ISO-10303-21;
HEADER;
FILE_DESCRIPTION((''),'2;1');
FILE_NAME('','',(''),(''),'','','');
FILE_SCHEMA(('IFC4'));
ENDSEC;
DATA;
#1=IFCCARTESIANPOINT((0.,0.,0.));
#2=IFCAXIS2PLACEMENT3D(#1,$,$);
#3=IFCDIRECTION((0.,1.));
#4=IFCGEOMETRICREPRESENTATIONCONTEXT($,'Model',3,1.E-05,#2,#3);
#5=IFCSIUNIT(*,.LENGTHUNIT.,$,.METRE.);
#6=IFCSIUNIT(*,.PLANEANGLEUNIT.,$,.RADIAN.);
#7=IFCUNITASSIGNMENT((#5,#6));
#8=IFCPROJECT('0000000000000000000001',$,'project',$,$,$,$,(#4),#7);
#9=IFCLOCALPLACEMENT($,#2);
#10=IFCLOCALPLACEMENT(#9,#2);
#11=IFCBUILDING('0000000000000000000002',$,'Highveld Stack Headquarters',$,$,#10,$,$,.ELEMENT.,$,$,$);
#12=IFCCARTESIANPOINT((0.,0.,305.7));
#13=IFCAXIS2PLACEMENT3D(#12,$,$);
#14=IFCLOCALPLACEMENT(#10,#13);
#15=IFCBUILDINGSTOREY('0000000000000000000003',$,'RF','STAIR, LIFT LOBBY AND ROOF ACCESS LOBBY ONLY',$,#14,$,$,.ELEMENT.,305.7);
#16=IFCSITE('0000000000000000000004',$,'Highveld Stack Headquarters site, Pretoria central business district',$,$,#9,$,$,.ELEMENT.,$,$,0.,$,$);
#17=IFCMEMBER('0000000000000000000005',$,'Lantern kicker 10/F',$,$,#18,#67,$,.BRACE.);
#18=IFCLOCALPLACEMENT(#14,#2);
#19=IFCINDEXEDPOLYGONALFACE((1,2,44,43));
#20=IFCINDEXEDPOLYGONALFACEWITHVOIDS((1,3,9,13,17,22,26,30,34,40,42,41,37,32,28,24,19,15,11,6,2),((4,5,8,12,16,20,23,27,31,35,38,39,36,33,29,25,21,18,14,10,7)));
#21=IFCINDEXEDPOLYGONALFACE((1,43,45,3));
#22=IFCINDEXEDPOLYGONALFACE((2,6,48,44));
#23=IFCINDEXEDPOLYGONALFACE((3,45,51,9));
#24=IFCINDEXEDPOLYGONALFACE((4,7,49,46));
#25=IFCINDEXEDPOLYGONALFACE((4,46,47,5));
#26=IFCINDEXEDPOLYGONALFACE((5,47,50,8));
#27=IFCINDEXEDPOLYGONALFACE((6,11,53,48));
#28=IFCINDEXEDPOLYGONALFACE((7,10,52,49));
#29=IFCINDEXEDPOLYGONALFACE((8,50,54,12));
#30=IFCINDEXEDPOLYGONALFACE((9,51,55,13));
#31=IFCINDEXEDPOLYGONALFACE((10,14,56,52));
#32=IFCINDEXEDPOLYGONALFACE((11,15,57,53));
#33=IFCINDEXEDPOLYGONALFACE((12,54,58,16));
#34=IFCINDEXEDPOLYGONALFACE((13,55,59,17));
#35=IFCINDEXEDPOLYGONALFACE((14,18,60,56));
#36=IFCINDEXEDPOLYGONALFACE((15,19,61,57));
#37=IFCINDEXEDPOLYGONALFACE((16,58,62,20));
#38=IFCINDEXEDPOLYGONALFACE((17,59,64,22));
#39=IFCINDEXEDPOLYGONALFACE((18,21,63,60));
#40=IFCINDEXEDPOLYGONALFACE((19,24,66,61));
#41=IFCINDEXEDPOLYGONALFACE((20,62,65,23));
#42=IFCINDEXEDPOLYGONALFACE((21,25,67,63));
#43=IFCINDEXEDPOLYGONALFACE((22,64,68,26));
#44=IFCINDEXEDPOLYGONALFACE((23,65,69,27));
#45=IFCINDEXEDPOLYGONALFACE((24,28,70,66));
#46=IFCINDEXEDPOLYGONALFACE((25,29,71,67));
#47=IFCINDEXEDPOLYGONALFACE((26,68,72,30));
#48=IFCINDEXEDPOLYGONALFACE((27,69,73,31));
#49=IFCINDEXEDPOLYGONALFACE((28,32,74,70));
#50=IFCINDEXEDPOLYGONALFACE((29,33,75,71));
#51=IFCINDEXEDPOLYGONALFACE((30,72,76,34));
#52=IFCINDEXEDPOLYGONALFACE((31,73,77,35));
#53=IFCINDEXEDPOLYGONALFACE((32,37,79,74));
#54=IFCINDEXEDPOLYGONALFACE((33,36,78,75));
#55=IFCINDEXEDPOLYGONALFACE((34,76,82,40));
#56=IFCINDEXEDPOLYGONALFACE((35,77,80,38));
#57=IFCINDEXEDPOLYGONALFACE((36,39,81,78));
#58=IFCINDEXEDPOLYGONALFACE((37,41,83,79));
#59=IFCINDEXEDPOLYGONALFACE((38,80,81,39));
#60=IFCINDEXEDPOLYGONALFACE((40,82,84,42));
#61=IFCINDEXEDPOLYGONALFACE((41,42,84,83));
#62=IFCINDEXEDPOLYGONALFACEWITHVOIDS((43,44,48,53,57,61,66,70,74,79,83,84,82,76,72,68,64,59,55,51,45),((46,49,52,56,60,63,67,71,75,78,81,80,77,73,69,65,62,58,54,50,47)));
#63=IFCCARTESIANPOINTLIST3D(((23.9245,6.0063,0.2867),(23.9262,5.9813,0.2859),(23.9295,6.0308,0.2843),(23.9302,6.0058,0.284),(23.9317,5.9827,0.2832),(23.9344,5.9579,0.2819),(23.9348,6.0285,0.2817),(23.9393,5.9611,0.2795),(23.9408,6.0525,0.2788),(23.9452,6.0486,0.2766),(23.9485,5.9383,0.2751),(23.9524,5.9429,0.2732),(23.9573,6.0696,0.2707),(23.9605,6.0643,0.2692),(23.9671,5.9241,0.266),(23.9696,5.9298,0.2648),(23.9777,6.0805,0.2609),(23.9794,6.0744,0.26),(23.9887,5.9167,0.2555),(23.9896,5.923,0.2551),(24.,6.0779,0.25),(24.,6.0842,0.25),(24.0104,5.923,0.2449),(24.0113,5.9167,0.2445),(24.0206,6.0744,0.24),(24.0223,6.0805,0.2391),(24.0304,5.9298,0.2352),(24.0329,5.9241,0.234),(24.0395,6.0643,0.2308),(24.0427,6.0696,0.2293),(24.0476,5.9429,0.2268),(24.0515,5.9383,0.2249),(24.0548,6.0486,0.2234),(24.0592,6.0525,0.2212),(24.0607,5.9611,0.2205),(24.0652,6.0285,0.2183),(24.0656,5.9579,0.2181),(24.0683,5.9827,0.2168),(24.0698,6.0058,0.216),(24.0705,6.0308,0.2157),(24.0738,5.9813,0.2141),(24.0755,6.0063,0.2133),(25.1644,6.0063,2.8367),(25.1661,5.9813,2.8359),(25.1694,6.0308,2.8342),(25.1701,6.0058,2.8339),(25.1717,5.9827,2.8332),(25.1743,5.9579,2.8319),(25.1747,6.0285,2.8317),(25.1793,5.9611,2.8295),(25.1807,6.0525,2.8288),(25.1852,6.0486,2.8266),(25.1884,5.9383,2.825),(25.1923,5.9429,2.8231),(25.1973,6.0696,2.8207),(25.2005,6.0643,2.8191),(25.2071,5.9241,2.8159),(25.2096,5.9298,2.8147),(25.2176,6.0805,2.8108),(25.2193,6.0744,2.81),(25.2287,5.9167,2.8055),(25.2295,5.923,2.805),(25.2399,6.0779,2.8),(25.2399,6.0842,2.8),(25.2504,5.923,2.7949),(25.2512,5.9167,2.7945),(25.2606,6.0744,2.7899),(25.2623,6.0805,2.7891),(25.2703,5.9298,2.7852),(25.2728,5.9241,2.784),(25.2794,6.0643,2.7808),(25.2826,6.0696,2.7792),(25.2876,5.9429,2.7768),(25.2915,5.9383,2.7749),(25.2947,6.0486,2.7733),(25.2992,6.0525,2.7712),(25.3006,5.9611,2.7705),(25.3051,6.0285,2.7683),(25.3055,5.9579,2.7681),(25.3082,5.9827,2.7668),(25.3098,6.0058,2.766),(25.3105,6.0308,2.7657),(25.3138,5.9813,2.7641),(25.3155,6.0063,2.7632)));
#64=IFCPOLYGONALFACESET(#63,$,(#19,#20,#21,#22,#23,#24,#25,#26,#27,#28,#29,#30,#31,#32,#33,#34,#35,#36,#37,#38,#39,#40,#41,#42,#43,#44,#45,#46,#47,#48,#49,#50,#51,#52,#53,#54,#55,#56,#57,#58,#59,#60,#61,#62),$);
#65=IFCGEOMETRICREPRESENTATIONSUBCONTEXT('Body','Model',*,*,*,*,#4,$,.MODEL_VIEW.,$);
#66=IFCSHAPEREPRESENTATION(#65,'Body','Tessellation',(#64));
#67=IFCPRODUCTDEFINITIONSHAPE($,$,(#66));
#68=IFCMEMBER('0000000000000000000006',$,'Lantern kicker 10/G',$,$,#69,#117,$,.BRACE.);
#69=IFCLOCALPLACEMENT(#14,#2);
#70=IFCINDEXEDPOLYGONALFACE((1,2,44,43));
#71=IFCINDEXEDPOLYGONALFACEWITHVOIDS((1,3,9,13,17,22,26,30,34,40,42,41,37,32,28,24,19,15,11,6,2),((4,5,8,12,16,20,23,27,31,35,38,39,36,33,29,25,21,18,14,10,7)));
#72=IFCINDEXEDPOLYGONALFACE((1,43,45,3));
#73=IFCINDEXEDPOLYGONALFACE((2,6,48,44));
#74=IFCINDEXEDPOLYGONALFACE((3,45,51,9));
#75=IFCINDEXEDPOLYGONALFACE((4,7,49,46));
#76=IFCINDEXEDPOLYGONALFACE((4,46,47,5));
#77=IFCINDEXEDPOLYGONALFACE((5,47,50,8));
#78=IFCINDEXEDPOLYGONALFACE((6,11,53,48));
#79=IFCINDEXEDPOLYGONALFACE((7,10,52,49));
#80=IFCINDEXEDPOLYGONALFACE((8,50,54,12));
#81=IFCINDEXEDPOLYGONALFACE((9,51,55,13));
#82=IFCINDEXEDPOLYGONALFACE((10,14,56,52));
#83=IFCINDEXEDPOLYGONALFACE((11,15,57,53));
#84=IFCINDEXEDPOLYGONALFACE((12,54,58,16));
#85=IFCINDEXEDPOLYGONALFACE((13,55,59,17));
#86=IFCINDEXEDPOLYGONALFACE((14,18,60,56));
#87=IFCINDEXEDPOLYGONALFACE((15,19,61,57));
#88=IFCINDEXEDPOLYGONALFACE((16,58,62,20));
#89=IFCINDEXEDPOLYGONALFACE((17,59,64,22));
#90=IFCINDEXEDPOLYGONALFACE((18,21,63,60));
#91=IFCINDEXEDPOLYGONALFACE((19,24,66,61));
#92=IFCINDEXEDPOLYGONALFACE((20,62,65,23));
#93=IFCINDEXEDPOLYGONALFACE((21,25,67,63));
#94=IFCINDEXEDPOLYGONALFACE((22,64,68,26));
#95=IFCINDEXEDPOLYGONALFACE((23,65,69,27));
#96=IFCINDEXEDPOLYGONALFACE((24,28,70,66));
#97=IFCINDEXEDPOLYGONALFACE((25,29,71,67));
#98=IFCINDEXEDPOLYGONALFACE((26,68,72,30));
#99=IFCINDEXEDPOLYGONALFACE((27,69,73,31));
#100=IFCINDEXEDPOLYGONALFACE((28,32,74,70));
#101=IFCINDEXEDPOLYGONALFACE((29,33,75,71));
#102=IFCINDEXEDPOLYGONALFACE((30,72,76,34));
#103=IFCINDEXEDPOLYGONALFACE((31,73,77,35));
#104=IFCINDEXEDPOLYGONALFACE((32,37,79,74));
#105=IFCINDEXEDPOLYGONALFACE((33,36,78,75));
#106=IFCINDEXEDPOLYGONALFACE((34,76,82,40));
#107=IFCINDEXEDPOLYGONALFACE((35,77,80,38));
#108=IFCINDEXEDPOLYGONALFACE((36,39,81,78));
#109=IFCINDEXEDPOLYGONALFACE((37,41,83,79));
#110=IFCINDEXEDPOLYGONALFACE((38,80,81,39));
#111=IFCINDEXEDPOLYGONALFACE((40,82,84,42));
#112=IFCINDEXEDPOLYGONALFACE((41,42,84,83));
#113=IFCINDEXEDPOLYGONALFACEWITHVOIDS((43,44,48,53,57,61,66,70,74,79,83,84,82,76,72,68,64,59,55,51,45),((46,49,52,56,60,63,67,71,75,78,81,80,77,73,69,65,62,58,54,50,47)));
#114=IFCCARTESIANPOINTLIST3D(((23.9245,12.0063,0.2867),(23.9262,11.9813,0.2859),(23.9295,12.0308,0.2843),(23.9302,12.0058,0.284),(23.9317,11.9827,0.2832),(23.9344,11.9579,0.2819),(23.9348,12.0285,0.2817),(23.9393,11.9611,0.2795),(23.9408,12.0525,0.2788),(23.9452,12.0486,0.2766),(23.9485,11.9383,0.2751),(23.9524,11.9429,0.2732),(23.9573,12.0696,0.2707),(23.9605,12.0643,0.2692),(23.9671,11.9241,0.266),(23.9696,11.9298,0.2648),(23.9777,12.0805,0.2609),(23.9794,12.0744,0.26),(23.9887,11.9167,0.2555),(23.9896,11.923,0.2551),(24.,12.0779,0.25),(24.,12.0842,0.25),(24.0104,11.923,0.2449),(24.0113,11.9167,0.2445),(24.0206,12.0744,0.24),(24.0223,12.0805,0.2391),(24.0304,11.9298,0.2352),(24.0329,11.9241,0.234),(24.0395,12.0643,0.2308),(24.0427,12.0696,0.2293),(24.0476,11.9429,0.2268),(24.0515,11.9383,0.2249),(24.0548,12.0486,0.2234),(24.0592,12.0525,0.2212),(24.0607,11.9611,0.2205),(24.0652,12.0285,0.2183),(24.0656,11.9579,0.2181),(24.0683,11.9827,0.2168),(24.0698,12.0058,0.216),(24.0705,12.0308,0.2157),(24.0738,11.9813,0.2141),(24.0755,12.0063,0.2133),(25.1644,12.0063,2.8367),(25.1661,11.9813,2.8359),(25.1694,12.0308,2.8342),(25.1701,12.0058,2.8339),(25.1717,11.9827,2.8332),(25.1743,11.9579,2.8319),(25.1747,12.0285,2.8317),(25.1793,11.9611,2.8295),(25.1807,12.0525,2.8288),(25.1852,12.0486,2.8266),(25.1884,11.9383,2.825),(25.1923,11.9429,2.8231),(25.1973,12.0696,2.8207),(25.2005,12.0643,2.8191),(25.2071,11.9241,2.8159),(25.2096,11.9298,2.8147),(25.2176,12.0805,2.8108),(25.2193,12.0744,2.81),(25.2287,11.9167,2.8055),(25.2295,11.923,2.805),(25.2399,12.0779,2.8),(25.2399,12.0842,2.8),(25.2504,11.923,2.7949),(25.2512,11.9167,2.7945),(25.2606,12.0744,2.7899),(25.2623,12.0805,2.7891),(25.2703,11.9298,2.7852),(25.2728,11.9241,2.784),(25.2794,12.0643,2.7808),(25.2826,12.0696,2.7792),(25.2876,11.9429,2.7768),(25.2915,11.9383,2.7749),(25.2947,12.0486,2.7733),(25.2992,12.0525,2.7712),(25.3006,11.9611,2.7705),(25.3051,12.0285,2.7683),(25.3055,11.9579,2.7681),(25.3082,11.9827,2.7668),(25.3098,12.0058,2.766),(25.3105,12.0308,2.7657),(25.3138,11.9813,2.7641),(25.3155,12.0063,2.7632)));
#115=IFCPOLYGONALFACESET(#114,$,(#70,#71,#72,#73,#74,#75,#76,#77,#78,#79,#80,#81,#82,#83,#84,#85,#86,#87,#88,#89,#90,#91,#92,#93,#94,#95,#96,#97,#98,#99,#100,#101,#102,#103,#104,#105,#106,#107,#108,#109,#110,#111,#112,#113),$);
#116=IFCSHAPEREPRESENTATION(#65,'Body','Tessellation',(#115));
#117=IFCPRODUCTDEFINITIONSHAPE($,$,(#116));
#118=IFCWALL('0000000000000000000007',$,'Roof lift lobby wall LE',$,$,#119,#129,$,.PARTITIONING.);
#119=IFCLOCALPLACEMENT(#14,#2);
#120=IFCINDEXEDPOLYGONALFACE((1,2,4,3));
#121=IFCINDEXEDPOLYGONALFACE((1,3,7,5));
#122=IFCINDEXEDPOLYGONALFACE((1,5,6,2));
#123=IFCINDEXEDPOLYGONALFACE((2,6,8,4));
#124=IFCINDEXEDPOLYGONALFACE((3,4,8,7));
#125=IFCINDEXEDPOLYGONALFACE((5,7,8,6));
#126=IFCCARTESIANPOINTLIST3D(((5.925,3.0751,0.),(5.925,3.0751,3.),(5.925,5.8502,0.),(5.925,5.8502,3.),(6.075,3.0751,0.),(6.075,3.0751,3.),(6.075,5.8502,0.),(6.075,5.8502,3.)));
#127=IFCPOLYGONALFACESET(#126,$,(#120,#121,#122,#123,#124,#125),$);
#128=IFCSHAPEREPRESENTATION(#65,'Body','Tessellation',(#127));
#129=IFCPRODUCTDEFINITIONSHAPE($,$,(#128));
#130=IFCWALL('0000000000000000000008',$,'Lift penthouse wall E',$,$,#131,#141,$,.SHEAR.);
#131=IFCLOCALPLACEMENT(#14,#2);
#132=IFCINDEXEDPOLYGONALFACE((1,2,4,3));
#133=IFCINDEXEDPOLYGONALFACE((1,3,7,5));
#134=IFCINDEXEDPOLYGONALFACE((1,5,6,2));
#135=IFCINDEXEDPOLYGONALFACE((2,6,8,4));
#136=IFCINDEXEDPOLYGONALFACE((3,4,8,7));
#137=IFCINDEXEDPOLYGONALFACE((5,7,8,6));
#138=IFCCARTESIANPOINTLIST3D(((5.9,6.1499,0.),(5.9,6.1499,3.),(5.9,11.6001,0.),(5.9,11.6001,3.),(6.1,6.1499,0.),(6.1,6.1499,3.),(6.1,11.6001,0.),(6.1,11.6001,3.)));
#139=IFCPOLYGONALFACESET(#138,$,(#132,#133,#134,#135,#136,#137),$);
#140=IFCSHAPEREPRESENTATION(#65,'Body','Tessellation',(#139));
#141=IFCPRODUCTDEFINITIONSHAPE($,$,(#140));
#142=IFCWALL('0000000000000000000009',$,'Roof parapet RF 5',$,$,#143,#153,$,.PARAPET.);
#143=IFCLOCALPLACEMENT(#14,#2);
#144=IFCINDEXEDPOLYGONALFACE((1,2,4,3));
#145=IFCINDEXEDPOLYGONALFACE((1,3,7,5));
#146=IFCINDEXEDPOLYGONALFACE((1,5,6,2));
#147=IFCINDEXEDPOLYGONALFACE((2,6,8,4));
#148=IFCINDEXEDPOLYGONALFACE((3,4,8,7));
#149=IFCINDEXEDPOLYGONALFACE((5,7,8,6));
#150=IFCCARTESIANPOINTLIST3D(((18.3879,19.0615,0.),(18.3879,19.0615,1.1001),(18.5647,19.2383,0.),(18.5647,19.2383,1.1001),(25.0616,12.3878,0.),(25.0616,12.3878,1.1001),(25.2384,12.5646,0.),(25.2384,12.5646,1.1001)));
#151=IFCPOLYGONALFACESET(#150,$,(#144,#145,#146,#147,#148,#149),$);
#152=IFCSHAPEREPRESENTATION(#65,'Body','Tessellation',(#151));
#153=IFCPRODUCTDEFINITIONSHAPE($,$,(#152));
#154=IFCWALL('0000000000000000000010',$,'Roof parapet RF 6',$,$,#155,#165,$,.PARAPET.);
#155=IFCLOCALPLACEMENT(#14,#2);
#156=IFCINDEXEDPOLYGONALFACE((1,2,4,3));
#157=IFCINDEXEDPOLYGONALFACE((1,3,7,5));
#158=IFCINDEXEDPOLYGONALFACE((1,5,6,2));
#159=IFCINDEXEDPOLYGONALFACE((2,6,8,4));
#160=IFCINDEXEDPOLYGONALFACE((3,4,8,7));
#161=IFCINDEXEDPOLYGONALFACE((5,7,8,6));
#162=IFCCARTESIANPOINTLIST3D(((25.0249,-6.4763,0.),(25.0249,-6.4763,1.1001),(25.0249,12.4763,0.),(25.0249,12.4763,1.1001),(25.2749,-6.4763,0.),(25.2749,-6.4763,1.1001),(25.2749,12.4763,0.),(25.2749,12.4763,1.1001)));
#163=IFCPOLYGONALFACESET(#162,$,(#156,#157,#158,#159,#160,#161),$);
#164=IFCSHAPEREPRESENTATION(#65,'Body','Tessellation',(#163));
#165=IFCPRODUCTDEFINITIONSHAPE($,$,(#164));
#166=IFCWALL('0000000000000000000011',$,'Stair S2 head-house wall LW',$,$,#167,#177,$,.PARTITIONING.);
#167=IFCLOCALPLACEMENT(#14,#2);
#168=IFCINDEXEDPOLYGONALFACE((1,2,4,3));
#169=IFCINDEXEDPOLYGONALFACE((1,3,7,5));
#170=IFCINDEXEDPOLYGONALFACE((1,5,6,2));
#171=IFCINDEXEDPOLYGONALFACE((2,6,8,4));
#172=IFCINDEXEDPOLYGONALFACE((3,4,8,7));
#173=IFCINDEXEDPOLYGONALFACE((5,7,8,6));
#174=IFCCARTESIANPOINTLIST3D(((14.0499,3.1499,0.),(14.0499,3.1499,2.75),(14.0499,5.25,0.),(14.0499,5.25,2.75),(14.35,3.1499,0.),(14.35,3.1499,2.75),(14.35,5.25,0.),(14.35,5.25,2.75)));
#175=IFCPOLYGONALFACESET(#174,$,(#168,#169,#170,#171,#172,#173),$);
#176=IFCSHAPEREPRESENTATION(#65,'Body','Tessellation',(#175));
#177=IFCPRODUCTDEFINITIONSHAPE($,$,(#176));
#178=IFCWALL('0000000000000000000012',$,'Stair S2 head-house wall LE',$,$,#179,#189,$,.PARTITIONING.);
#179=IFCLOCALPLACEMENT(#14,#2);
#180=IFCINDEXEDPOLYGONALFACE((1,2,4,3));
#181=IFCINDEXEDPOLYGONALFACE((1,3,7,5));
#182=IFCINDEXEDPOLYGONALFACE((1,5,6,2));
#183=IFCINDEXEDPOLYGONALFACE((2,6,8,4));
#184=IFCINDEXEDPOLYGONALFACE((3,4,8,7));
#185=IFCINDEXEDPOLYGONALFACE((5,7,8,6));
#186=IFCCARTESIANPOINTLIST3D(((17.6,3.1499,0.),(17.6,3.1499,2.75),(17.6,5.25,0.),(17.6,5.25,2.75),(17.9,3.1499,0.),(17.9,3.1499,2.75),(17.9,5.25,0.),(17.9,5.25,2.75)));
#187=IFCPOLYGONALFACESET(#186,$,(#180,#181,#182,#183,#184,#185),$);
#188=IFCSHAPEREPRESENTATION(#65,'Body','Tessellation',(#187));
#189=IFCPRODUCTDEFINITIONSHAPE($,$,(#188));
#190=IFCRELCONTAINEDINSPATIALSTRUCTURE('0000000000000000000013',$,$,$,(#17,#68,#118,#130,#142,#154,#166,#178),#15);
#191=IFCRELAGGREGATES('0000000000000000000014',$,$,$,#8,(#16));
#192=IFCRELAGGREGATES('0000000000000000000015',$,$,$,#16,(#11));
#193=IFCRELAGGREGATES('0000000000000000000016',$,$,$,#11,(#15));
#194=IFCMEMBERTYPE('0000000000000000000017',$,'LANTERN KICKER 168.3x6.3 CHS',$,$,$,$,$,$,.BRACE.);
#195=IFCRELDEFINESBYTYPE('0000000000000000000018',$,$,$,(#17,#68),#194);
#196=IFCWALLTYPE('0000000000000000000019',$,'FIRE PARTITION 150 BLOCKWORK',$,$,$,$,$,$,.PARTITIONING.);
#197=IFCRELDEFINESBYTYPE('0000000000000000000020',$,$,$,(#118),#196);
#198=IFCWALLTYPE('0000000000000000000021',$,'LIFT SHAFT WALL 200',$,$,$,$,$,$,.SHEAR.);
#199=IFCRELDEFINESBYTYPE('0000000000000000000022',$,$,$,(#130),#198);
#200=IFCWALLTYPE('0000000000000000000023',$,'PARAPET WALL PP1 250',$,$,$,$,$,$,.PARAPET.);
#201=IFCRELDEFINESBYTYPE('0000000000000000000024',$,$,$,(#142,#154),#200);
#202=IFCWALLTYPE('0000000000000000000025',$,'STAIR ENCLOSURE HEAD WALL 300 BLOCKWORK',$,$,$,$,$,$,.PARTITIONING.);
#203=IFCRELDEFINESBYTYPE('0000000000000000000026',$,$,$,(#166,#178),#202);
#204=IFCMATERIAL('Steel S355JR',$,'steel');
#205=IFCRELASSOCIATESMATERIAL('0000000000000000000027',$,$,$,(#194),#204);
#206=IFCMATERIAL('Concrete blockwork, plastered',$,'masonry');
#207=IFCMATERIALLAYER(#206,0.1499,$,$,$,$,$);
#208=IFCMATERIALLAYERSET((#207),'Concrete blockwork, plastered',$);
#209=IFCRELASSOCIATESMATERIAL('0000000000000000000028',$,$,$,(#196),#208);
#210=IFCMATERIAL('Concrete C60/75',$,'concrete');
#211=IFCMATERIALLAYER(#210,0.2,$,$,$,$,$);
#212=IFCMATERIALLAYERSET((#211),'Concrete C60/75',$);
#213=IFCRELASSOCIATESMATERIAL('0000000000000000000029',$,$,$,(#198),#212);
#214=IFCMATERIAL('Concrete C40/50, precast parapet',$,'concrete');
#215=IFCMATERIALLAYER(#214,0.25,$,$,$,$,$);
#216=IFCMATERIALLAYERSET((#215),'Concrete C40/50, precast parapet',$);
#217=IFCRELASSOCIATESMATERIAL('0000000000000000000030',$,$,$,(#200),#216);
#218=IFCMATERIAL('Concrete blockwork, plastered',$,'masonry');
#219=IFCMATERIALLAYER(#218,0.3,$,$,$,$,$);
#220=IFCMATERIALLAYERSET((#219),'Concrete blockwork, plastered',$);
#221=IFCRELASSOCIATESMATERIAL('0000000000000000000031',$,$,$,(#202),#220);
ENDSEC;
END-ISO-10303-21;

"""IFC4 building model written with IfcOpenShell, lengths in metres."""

from ifc_helpers import new_model, si_unit, direction, frame, frame_2d, origin, origin_2d, place, context, subcontext, project, spatial, rectangle, hollow_circle, extrude, material, layer, layer_set, material_profile, profile_set, type_object, element, save


model = new_model("IFC4")

# Units and contexts
model_context = context("Model", 3, precision=1e-05, world=origin(), true_north=direction((0.0, 1.0)))
body_context = subcontext(model_context, "Body", "Model", "MODEL_VIEW")
ifc_project = project(units=[si_unit("LENGTHUNIT", "METRE"), si_unit("PLANEANGLEUNIT", "RADIAN")], contexts=[model_context])

# Site, building, storey
site_placement = place(None, origin())
site = spatial("IfcSite", under=ifc_project, at=site_placement, Name="Highveld Stack Headquarters site, Pretoria central business district", CompositionType="ELEMENT", RefElevation=0.0)
building_placement = place(site_placement, origin())
building = spatial("IfcBuilding", under=site, at=building_placement, Name="Highveld Stack Headquarters", CompositionType="ELEMENT")
storey_placement = place(building_placement, frame((0.0, 0.0, 305.7)))
storey = spatial("IfcBuildingStorey", under=building, at=storey_placement, Name="RF", Description="STAIR, LIFT LOBBY AND ROOF ACCESS LOBBY ONLY", CompositionType="ELEMENT", Elevation=305.7)

# Members
ifc_material_1 = material(Name="Steel S355JR", Category="steel")
ifc_material_profile_1 = material_profile(ifc_material_1, hollow_circle(Radius=0.0842, WallThickness=0.0063, at=origin_2d()), Name="168.3x6.3 CHS")
ifc_profile_set_1 = profile_set([ifc_material_profile_1], Name="Steel S355JR")
member_type = type_object("IfcMemberType", Name="LANTERN KICKER 168.3x6.3 CHS", PredefinedType="BRACE", material=ifc_profile_set_1)
for number, where, z_axis, x_axis, name in (
    (1, (24.0, 6.0, 0.25), (0.437302, 0.0, 0.899315), (0.0, 1.0, 0.0), "Lantern kicker 10/F"),
    (2, (24.0, 12.0, 0.25), (0.437302, 0.0, 0.899315), (0.0, 1.0, 0.0), "Lantern kicker 10/G"),
):
    element("IfcMember", number, at=place(storey_placement, frame(where, z_axis=z_axis, x_axis=x_axis)), inside=storey, type_object=member_type, Name=name, PredefinedType="BRACE", context=body_context, shape_type="SweptSolid", body=[
        extrude(hollow_circle(Radius=0.0842, WallThickness=0.0063, at=origin_2d()), origin(), (0.0, 0.0, 1.0), 2.8354),
    ])

# Walls
ifc_material_2 = material(Name="Concrete blockwork, plastered", Category="masonry")
ifc_layer_1 = layer(ifc_material_2, 0.1499)
ifc_layer_set_1 = layer_set([ifc_layer_1], Name="Concrete blockwork, plastered")
wall_type_1 = type_object("IfcWallType", Name="FIRE PARTITION 150 BLOCKWORK", PredefinedType="PARTITIONING", material=ifc_layer_set_1)
wall_1_placement = place(storey_placement, frame((6.0, 3.075, 0.0), z_axis=(0.0, 0.0, 1.0), x_axis=(0.0, 1.0, 0.0)))
element("IfcWall", 3, at=wall_1_placement, inside=storey, type_object=wall_type_1, Name="Roof lift lobby wall LE", PredefinedType="PARTITIONING", context=body_context, shape_type="SweptSolid", body=[
    extrude(rectangle(XDim=2.7751, YDim=0.1499, at=frame_2d((1.3877, 0.0))), origin(), (0.0, 0.0, 1.0), 3.0),
])
ifc_material_3 = material(Name="Concrete C60/75", Category="concrete")
ifc_layer_2 = layer(ifc_material_3, 0.2)
ifc_layer_set_2 = layer_set([ifc_layer_2], Name="Concrete C60/75")
wall_type_2 = type_object("IfcWallType", Name="LIFT SHAFT WALL 200", PredefinedType="SHEAR", material=ifc_layer_set_2)
wall_2_placement = place(storey_placement, frame((6.0, 6.1499, 0.0), z_axis=(0.0, 0.0, 1.0), x_axis=(0.0, 1.0, 0.0)))
element("IfcWall", 4, at=wall_2_placement, inside=storey, type_object=wall_type_2, Name="Lift penthouse wall E", PredefinedType="SHEAR", context=body_context, shape_type="SweptSolid", body=[
    extrude(rectangle(XDim=5.4502, YDim=0.2, at=frame_2d((2.7251, 0.0))), origin(), (0.0, 0.0, 1.0), 3.0),
])
ifc_material_4 = material(Name="Concrete C40/50, precast parapet", Category="concrete")
ifc_layer_3 = layer(ifc_material_4, 0.25)
ifc_layer_set_3 = layer_set([ifc_layer_3], Name="Concrete C40/50, precast parapet")
wall_type_3 = type_object("IfcWallType", Name="PARAPET WALL PP1 250", PredefinedType="PARAPET", material=ifc_layer_set_3)
wall_3_placement = place(storey_placement, frame((18.4763, 19.1499, 0.0), z_axis=(0.0, 0.0, 1.0), x_axis=(0.707107, -0.707107, 0.0)))
element("IfcWall", 5, at=wall_3_placement, inside=storey, type_object=wall_type_3, Name="Roof parapet RF 5", PredefinedType="PARAPET", context=body_context, shape_type="SweptSolid", body=[
    extrude(rectangle(XDim=9.438, YDim=0.25, at=frame_2d((4.719, 0.0))), origin(), (0.0, 0.0, 1.0), 1.1001),
])
wall_4_placement = place(storey_placement, frame((25.1499, 12.4763, 0.0), z_axis=(0.0, 0.0, 1.0), x_axis=(0.0, -1.0, 0.0)))
element("IfcWall", 6, at=wall_4_placement, inside=storey, type_object=wall_type_3, Name="Roof parapet RF 6", PredefinedType="PARAPET", context=body_context, shape_type="SweptSolid", body=[
    extrude(rectangle(XDim=18.9526, YDim=0.25, at=frame_2d((9.4763, 0.0))), origin(), (0.0, 0.0, 1.0), 1.1001),
])
ifc_material_5 = material(Name="Concrete blockwork, plastered", Category="masonry")
ifc_layer_4 = layer(ifc_material_5, 0.3)
ifc_layer_set_4 = layer_set([ifc_layer_4], Name="Concrete blockwork, plastered")
wall_type_4 = type_object("IfcWallType", Name="STAIR ENCLOSURE HEAD WALL 300 BLOCKWORK", PredefinedType="PARTITIONING", material=ifc_layer_set_4)
for number, where, z_axis, x_axis, name in (
    (7, (14.2, 3.1499, 0.0), (0.0, 0.0, 1.0), (0.0, 1.0, 0.0), "Stair S2 head-house wall LW"),
    (8, (17.75, 3.1499, 0.0), (0.0, 0.0, 1.0), (0.0, 1.0, 0.0), "Stair S2 head-house wall LE"),
):
    element("IfcWall", number, at=place(storey_placement, frame(where, z_axis=z_axis, x_axis=x_axis)), inside=storey, type_object=wall_type_4, Name=name, PredefinedType="PARTITIONING", context=body_context, shape_type="SweptSolid", body=[
        extrude(rectangle(XDim=2.1001, YDim=0.3, at=frame_2d((1.05, 0.0))), origin(), (0.0, 0.0, 1.0), 2.75),
    ])

save(model, "model.ifc")
